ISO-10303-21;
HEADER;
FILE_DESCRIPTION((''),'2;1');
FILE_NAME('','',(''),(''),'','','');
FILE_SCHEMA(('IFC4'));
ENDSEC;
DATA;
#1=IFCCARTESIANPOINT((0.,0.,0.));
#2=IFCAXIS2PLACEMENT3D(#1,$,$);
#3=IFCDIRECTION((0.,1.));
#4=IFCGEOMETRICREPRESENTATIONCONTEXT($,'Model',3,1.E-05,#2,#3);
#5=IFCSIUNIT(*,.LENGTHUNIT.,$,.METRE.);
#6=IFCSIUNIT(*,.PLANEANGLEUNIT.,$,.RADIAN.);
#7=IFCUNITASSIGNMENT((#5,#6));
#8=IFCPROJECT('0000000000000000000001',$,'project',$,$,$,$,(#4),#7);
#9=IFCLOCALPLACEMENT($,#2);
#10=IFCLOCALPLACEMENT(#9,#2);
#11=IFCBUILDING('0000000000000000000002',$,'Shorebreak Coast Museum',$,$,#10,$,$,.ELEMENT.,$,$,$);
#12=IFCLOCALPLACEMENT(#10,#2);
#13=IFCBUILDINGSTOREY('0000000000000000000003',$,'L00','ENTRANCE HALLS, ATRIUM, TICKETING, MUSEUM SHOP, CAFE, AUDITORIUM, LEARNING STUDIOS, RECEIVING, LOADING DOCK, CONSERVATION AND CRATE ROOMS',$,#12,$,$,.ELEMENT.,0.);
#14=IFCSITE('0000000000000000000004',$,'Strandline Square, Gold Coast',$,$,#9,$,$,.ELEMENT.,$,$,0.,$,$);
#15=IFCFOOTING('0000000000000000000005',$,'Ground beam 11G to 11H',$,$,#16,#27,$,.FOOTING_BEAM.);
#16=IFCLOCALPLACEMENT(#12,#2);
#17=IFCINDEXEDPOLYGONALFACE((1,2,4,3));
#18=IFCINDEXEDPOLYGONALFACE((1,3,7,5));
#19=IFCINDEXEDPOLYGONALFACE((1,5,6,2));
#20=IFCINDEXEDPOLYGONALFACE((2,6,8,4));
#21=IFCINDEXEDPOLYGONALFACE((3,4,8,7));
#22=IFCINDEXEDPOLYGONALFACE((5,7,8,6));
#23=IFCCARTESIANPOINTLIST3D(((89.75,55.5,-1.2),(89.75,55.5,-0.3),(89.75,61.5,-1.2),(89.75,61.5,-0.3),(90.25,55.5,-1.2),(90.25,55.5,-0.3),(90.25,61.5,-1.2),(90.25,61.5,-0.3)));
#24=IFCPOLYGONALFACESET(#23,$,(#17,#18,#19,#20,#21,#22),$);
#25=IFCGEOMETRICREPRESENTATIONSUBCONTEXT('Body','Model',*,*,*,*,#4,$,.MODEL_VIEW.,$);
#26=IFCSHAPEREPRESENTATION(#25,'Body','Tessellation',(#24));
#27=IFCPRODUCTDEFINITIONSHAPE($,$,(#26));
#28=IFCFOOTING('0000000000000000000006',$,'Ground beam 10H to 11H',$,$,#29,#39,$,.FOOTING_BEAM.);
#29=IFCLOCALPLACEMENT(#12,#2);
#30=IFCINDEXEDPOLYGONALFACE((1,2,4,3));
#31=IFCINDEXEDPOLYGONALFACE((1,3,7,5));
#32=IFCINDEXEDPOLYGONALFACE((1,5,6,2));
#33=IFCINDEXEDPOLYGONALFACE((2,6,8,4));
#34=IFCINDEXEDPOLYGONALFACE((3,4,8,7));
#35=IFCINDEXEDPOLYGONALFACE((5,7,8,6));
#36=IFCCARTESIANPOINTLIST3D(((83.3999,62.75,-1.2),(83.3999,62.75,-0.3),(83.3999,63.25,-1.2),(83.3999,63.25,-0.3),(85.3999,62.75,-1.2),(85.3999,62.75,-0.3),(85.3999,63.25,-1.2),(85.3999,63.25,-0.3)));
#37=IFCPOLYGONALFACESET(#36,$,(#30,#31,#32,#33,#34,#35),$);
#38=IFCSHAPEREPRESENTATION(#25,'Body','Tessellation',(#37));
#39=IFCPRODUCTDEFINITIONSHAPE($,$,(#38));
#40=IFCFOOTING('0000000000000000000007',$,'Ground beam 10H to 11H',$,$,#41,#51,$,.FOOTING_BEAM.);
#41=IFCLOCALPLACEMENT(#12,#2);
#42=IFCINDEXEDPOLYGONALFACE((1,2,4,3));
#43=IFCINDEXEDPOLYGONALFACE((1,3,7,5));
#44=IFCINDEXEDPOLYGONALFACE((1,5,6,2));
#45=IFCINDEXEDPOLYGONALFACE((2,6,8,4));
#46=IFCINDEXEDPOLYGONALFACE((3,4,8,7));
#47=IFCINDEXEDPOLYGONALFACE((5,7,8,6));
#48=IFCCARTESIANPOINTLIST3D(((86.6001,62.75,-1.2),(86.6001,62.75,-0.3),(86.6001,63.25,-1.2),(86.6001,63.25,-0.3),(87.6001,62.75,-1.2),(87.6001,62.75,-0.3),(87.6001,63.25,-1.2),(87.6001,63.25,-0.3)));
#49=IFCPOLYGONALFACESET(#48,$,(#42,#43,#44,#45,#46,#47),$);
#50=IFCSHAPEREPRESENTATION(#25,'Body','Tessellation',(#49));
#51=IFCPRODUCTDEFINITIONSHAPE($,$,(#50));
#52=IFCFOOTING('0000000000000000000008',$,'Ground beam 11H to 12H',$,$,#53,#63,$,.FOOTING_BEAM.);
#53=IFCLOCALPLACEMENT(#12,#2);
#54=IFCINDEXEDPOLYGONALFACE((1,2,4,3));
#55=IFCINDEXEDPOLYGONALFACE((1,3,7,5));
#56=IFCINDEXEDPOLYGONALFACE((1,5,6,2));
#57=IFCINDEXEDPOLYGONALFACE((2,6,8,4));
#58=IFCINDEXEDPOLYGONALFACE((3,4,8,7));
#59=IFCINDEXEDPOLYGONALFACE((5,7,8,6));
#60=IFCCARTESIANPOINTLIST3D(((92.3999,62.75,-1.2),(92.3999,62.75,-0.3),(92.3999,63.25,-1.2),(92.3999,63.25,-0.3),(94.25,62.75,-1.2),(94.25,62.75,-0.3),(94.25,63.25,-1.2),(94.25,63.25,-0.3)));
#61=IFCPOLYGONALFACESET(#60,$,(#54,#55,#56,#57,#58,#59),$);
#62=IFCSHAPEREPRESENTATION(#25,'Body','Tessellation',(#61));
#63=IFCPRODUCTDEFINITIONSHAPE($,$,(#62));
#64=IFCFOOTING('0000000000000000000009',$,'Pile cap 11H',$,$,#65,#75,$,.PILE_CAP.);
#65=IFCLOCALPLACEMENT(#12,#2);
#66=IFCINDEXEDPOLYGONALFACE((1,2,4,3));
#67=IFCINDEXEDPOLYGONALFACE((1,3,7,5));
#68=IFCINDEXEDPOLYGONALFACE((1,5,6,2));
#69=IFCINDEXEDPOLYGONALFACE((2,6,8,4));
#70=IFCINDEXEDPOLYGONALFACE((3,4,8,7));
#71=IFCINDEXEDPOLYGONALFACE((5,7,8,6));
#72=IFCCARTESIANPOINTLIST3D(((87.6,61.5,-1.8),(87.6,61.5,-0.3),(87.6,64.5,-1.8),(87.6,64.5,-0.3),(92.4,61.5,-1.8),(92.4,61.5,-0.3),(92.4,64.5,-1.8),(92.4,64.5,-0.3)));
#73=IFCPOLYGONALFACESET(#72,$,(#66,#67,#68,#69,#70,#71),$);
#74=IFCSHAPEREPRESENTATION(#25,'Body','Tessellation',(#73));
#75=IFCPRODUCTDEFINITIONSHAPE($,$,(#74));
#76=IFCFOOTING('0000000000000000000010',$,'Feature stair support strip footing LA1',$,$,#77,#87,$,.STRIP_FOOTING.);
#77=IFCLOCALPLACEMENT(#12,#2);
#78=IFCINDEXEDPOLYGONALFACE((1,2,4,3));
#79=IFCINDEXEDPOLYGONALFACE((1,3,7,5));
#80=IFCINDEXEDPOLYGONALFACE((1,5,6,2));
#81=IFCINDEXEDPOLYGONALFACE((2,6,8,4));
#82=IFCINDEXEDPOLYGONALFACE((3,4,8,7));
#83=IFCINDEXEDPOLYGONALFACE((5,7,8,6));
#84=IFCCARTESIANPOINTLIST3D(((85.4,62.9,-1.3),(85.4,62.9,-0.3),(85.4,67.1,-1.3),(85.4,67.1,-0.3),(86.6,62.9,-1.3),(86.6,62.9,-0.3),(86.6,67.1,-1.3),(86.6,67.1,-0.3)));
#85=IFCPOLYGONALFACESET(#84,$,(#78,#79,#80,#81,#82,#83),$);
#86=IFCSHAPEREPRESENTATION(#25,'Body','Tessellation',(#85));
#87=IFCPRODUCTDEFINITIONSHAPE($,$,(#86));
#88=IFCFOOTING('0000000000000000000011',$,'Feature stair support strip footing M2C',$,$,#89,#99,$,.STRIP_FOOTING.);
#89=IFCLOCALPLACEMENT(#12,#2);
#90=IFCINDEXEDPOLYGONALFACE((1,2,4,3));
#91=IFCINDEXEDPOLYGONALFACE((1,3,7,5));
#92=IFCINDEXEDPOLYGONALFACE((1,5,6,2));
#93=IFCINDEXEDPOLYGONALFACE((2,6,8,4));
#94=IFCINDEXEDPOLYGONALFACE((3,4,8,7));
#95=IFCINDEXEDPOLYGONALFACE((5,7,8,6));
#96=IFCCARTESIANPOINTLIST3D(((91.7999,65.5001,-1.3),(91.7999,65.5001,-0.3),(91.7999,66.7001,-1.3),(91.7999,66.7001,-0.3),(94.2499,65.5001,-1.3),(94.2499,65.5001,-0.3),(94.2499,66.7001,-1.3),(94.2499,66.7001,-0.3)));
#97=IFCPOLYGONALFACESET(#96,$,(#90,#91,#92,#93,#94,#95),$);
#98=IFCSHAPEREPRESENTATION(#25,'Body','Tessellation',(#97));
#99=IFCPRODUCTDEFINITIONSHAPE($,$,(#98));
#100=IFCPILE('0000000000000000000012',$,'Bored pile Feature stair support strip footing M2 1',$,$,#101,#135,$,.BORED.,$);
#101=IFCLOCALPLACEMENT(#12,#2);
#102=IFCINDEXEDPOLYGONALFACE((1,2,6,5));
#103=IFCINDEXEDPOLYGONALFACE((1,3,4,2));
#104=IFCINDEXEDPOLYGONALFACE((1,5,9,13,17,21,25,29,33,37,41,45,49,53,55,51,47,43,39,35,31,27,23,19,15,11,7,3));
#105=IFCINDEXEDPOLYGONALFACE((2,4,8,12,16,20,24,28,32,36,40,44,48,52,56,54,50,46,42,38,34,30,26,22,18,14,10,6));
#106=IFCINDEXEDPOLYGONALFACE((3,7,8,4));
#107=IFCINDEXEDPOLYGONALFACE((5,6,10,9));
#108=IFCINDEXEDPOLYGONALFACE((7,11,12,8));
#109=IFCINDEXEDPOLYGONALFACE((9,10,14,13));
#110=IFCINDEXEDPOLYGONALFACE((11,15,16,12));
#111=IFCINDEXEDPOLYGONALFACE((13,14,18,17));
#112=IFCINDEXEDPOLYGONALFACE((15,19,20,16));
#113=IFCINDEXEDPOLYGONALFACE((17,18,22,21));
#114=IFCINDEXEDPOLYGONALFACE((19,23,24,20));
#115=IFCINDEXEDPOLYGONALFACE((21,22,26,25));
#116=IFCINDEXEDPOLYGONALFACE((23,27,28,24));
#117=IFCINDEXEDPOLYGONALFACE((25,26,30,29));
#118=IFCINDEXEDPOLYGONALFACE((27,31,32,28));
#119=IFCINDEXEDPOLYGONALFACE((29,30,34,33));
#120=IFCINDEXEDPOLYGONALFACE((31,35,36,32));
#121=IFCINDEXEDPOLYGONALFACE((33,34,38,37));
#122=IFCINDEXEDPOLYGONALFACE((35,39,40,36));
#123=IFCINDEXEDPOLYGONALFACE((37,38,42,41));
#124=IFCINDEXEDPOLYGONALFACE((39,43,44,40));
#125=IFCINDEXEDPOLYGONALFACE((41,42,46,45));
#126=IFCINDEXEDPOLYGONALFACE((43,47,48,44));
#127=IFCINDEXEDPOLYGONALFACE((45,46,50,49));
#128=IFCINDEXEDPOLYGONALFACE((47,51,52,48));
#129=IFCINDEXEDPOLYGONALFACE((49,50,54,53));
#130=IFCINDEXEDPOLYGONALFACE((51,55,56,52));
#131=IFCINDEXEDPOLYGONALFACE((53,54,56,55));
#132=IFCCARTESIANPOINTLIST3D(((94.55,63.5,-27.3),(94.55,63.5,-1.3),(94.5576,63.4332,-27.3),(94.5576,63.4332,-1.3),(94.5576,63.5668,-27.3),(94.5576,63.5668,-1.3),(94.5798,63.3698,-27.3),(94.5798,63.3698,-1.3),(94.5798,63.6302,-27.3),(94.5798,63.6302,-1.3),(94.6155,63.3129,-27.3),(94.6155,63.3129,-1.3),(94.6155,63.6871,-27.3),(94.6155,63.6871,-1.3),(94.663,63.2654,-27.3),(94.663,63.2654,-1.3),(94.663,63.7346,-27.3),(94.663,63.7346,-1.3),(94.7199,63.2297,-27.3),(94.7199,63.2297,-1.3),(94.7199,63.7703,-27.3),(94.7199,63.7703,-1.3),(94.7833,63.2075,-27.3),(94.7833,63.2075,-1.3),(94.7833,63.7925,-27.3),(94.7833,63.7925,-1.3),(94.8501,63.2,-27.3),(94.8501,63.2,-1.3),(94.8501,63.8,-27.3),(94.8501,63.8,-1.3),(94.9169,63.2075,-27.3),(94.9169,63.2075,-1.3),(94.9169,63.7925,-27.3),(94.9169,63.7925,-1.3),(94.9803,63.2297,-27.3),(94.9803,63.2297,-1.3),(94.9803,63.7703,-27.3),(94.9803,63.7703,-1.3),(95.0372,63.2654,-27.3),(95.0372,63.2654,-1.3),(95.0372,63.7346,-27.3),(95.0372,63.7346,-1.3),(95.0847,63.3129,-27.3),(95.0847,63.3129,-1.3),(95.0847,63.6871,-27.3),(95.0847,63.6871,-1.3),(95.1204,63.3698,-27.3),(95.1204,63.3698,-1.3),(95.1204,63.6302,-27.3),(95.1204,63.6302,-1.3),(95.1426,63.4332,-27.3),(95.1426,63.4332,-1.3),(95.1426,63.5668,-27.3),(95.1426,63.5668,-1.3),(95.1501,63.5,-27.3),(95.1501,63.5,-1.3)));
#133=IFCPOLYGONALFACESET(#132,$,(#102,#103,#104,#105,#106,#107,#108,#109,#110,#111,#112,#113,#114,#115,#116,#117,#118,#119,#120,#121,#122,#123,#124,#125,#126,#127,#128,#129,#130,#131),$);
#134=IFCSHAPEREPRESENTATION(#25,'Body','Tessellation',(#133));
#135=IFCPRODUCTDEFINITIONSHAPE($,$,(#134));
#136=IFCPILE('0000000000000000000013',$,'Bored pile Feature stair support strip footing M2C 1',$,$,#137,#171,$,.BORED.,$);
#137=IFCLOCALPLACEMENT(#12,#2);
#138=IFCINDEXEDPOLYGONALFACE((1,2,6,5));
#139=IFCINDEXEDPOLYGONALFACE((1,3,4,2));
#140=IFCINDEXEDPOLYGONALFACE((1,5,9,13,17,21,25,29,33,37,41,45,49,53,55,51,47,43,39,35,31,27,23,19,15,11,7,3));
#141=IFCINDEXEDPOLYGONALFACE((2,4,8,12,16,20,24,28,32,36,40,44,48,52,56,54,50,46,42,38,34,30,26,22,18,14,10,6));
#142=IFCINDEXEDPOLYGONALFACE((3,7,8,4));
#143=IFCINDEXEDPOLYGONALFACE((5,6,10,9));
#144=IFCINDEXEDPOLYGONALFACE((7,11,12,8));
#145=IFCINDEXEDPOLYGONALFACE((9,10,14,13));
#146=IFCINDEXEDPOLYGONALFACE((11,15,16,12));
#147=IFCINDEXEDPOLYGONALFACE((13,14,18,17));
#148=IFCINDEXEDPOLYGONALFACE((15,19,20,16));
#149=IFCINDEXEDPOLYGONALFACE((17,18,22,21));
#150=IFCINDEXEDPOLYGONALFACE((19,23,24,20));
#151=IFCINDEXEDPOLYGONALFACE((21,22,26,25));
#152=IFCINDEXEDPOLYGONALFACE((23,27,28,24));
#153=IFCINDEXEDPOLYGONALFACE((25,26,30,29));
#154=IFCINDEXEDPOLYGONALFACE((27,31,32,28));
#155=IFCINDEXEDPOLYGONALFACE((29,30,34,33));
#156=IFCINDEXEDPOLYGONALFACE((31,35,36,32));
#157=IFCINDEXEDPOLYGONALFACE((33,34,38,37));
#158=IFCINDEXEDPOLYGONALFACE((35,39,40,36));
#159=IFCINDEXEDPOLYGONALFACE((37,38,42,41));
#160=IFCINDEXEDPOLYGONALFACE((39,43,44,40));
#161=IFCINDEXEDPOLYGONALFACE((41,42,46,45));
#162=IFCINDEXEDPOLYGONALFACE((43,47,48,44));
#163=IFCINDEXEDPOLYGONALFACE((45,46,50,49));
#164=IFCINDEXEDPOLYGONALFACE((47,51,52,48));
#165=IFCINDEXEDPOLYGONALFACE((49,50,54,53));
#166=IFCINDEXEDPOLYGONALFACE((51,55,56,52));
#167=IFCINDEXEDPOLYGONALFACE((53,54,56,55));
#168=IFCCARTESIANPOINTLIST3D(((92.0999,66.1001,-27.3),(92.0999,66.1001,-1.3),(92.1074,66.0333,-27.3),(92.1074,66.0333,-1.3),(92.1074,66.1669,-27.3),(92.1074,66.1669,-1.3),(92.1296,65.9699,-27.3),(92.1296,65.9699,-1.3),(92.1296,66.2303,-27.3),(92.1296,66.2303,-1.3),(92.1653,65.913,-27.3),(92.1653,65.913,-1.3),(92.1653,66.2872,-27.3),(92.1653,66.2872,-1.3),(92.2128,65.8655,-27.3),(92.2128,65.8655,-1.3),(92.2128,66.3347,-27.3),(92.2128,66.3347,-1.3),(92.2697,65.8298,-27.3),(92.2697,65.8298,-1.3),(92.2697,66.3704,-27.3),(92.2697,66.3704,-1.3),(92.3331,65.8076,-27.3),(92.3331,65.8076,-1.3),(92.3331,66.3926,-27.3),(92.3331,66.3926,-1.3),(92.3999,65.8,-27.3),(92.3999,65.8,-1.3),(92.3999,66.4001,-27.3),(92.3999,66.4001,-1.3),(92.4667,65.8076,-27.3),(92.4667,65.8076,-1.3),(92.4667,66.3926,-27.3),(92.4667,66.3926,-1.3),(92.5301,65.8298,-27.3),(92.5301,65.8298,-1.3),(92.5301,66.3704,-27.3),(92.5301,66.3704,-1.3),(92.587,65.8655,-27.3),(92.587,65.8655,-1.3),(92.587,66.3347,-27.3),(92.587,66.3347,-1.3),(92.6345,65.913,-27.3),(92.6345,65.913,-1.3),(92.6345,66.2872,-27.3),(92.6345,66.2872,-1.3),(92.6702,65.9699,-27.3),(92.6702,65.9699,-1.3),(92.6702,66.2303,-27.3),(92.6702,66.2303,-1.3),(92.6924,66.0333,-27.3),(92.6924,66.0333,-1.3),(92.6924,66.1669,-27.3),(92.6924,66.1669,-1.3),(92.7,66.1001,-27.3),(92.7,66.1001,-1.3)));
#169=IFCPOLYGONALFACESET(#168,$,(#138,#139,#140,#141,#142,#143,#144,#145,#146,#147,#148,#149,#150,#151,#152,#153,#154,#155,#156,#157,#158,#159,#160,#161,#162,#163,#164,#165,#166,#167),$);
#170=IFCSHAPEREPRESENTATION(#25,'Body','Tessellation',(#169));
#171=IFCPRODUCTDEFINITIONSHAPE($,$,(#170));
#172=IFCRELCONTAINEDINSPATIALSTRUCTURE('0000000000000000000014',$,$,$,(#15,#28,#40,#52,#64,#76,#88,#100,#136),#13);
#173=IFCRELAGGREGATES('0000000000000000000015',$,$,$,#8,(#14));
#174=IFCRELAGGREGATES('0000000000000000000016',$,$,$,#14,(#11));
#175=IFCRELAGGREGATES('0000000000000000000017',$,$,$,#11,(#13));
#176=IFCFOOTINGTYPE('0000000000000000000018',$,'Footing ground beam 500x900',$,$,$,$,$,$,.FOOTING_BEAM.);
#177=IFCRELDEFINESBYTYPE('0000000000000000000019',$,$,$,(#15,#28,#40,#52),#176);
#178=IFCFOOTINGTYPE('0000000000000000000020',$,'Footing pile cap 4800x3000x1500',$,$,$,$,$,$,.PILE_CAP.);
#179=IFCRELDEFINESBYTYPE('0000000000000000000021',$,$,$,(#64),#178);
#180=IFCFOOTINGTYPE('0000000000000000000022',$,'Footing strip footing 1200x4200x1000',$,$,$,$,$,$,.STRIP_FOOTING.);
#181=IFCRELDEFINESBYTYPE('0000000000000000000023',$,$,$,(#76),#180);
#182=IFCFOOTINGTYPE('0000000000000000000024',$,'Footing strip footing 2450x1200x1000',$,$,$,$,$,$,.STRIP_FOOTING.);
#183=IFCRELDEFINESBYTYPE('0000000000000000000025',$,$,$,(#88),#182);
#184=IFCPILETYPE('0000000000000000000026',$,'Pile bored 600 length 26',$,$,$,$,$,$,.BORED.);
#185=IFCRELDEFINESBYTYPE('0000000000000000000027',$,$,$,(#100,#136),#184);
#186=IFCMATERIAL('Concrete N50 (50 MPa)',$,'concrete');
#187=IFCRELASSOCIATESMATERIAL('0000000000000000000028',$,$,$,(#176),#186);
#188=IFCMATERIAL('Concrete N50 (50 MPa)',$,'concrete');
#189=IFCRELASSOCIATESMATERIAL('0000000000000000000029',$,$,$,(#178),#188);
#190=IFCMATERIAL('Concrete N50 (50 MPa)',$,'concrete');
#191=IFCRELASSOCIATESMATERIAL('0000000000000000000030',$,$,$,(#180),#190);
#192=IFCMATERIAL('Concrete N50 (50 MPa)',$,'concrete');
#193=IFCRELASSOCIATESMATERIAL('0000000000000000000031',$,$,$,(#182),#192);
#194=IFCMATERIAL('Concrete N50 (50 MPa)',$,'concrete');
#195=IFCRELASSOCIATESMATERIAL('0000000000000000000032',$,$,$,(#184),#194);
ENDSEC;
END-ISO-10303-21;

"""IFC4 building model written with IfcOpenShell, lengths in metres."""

from ifc_helpers import new_model, si_unit, direction, frame, origin, origin_2d, place, context, subcontext, project, spatial, rectangle, circle, extrude, material, material_profile, profile_set, type_object, element, save


model = new_model("IFC4")

# Units and contexts
model_context = context("Model", 3, precision=1e-05, world=origin(), true_north=direction((0.0, 1.0)))
body_context = subcontext(model_context, "Body", "Model", "MODEL_VIEW")
ifc_project = project(units=[si_unit("LENGTHUNIT", "METRE"), si_unit("PLANEANGLEUNIT", "RADIAN")], contexts=[model_context])

# Site, building, storey
site_placement = place(None, origin())
site = spatial("IfcSite", under=ifc_project, at=site_placement, Name="Strandline Square, Gold Coast", CompositionType="ELEMENT", RefElevation=0.0)
building_placement = place(site_placement, origin())
building = spatial("IfcBuilding", under=site, at=building_placement, Name="Shorebreak Coast Museum", CompositionType="ELEMENT")
storey_placement = place(building_placement, origin())
storey = spatial("IfcBuildingStorey", under=building, at=storey_placement, Name="L00", Description="ENTRANCE HALLS, ATRIUM, TICKETING, MUSEUM SHOP, CAFE, AUDITORIUM, LEARNING STUDIOS, RECEIVING, LOADING DOCK, CONSERVATION AND CRATE ROOMS", CompositionType="ELEMENT", Elevation=0.0)

# Footings
ifc_material_1 = material(Name="Concrete N50 (50 MPa)", Category="concrete")
footing_type_1 = type_object("IfcFootingType", Name="Footing ground beam 500x900", PredefinedType="FOOTING_BEAM", material=ifc_material_1)
footing_1_placement = place(storey_placement, frame((90.0, 58.5, -1.2), z_axis=(0.0, 0.0, 1.0), x_axis=(1.0, 0.0, 0.0)))
element("IfcFooting", 1, at=footing_1_placement, inside=storey, type_object=footing_type_1, Name="Ground beam 11G to 11H", PredefinedType="FOOTING_BEAM", context=body_context, shape_type="SweptSolid", body=[
    extrude(rectangle(XDim=0.5, YDim=6.0, at=origin_2d()), origin(), (0.0, 0.0, 1.0), 0.8999),
])
footing_2_placement = place(storey_placement, frame((84.3999, 63.0, -1.2), z_axis=(0.0, 0.0, 1.0), x_axis=(1.0, 0.0, 0.0)))
element("IfcFooting", 2, at=footing_2_placement, inside=storey, type_object=footing_type_1, Name="Ground beam 10H to 11H", PredefinedType="FOOTING_BEAM", context=body_context, shape_type="SweptSolid", body=[
    extrude(rectangle(XDim=2.0, YDim=0.5, at=origin_2d()), origin(), (0.0, 0.0, 1.0), 0.8999),
])
footing_3_placement = place(storey_placement, frame((87.1001, 63.0, -1.2), z_axis=(0.0, 0.0, 1.0), x_axis=(1.0, 0.0, 0.0)))
element("IfcFooting", 3, at=footing_3_placement, inside=storey, type_object=footing_type_1, Name="Ground beam 10H to 11H", PredefinedType="FOOTING_BEAM", context=body_context, shape_type="SweptSolid", body=[
    extrude(rectangle(XDim=1.0, YDim=0.5, at=origin_2d()), origin(), (0.0, 0.0, 1.0), 0.8999),
])
footing_4_placement = place(storey_placement, frame((93.325, 63.0, -1.2), z_axis=(0.0, 0.0, 1.0), x_axis=(1.0, 0.0, 0.0)))
element("IfcFooting", 4, at=footing_4_placement, inside=storey, type_object=footing_type_1, Name="Ground beam 11H to 12H", PredefinedType="FOOTING_BEAM", context=body_context, shape_type="SweptSolid", body=[
    extrude(rectangle(XDim=1.8501, YDim=0.5, at=origin_2d()), origin(), (0.0, 0.0, 1.0), 0.8999),
])
ifc_material_2 = material(Name="Concrete N50 (50 MPa)", Category="concrete")
footing_type_2 = type_object("IfcFootingType", Name="Footing pile cap 4800x3000x1500", PredefinedType="PILE_CAP", material=ifc_material_2)
footing_5_placement = place(storey_placement, frame((90.0, 63.0, -1.8), z_axis=(0.0, 0.0, 1.0), x_axis=(1.0, 0.0, 0.0)))
element("IfcFooting", 5, at=footing_5_placement, inside=storey, type_object=footing_type_2, Name="Pile cap 11H", PredefinedType="PILE_CAP", context=body_context, shape_type="SweptSolid", body=[
    extrude(rectangle(XDim=4.8, YDim=3.0, at=origin_2d()), origin(), (0.0, 0.0, 1.0), 1.5),
])
ifc_material_3 = material(Name="Concrete N50 (50 MPa)", Category="concrete")
footing_type_3 = type_object("IfcFootingType", Name="Footing strip footing 1200x4200x1000", PredefinedType="STRIP_FOOTING", material=ifc_material_3)
footing_6_placement = place(storey_placement, frame((86.0, 65.0, -1.3), z_axis=(0.0, 0.0, 1.0), x_axis=(1.0, 0.0, 0.0)))
element("IfcFooting", 6, at=footing_6_placement, inside=storey, type_object=footing_type_3, Name="Feature stair support strip footing LA1", PredefinedType="STRIP_FOOTING", context=body_context, shape_type="SweptSolid", body=[
    extrude(rectangle(XDim=1.2, YDim=4.2, at=origin_2d()), origin(), (0.0, 0.0, 1.0), 1.0),
])
ifc_material_4 = material(Name="Concrete N50 (50 MPa)", Category="concrete")
footing_type_4 = type_object("IfcFootingType", Name="Footing strip footing 2450x1200x1000", PredefinedType="STRIP_FOOTING", material=ifc_material_4)
footing_7_placement = place(storey_placement, frame((93.0249, 66.1001, -1.3), z_axis=(0.0, 0.0, 1.0), x_axis=(1.0, 0.0, 0.0)))
element("IfcFooting", 7, at=footing_7_placement, inside=storey, type_object=footing_type_4, Name="Feature stair support strip footing M2C", PredefinedType="STRIP_FOOTING", context=body_context, shape_type="SweptSolid", body=[
    extrude(rectangle(XDim=2.45, YDim=1.2, at=origin_2d()), origin(), (0.0, 0.0, 1.0), 1.0),
])

# Piles
ifc_material_5 = material(Name="Concrete N50 (50 MPa)", Category="concrete")
ifc_material_profile_1 = material_profile(ifc_material_5, circle(Radius=0.3, at=origin_2d()), Name="Pile bored 600 length 26")
ifc_profile_set_1 = profile_set([ifc_material_profile_1], Name="Concrete N50 (50 MPa)")
pile_type_1 = type_object("IfcPileType", Name="Pile bored 600 length 26", PredefinedType="BORED", material=ifc_profile_set_1)
for number, where, z_axis, x_axis, name in (
    (8, (94.8501, 63.5, -1.3), (0.0, 0.0, -1.0), (1.0, 0.0, 0.0), "Bored pile Feature stair support strip footing M2 1"),
    (9, (92.3999, 66.1001, -1.3), (0.0, 0.0, -1.0), (1.0, 0.0, 0.0), "Bored pile Feature stair support strip footing M2C 1"),
):
    element("IfcPile", number, at=place(storey_placement, frame(where, z_axis=z_axis, x_axis=x_axis)), inside=storey, type_object=pile_type_1, Name=name, PredefinedType="BORED", context=body_context, shape_type="SweptSolid", body=[
        extrude(circle(Radius=0.3, at=origin_2d()), origin(), (0.0, 0.0, 1.0), 26.0),
    ])

save(model, "model.ifc")
